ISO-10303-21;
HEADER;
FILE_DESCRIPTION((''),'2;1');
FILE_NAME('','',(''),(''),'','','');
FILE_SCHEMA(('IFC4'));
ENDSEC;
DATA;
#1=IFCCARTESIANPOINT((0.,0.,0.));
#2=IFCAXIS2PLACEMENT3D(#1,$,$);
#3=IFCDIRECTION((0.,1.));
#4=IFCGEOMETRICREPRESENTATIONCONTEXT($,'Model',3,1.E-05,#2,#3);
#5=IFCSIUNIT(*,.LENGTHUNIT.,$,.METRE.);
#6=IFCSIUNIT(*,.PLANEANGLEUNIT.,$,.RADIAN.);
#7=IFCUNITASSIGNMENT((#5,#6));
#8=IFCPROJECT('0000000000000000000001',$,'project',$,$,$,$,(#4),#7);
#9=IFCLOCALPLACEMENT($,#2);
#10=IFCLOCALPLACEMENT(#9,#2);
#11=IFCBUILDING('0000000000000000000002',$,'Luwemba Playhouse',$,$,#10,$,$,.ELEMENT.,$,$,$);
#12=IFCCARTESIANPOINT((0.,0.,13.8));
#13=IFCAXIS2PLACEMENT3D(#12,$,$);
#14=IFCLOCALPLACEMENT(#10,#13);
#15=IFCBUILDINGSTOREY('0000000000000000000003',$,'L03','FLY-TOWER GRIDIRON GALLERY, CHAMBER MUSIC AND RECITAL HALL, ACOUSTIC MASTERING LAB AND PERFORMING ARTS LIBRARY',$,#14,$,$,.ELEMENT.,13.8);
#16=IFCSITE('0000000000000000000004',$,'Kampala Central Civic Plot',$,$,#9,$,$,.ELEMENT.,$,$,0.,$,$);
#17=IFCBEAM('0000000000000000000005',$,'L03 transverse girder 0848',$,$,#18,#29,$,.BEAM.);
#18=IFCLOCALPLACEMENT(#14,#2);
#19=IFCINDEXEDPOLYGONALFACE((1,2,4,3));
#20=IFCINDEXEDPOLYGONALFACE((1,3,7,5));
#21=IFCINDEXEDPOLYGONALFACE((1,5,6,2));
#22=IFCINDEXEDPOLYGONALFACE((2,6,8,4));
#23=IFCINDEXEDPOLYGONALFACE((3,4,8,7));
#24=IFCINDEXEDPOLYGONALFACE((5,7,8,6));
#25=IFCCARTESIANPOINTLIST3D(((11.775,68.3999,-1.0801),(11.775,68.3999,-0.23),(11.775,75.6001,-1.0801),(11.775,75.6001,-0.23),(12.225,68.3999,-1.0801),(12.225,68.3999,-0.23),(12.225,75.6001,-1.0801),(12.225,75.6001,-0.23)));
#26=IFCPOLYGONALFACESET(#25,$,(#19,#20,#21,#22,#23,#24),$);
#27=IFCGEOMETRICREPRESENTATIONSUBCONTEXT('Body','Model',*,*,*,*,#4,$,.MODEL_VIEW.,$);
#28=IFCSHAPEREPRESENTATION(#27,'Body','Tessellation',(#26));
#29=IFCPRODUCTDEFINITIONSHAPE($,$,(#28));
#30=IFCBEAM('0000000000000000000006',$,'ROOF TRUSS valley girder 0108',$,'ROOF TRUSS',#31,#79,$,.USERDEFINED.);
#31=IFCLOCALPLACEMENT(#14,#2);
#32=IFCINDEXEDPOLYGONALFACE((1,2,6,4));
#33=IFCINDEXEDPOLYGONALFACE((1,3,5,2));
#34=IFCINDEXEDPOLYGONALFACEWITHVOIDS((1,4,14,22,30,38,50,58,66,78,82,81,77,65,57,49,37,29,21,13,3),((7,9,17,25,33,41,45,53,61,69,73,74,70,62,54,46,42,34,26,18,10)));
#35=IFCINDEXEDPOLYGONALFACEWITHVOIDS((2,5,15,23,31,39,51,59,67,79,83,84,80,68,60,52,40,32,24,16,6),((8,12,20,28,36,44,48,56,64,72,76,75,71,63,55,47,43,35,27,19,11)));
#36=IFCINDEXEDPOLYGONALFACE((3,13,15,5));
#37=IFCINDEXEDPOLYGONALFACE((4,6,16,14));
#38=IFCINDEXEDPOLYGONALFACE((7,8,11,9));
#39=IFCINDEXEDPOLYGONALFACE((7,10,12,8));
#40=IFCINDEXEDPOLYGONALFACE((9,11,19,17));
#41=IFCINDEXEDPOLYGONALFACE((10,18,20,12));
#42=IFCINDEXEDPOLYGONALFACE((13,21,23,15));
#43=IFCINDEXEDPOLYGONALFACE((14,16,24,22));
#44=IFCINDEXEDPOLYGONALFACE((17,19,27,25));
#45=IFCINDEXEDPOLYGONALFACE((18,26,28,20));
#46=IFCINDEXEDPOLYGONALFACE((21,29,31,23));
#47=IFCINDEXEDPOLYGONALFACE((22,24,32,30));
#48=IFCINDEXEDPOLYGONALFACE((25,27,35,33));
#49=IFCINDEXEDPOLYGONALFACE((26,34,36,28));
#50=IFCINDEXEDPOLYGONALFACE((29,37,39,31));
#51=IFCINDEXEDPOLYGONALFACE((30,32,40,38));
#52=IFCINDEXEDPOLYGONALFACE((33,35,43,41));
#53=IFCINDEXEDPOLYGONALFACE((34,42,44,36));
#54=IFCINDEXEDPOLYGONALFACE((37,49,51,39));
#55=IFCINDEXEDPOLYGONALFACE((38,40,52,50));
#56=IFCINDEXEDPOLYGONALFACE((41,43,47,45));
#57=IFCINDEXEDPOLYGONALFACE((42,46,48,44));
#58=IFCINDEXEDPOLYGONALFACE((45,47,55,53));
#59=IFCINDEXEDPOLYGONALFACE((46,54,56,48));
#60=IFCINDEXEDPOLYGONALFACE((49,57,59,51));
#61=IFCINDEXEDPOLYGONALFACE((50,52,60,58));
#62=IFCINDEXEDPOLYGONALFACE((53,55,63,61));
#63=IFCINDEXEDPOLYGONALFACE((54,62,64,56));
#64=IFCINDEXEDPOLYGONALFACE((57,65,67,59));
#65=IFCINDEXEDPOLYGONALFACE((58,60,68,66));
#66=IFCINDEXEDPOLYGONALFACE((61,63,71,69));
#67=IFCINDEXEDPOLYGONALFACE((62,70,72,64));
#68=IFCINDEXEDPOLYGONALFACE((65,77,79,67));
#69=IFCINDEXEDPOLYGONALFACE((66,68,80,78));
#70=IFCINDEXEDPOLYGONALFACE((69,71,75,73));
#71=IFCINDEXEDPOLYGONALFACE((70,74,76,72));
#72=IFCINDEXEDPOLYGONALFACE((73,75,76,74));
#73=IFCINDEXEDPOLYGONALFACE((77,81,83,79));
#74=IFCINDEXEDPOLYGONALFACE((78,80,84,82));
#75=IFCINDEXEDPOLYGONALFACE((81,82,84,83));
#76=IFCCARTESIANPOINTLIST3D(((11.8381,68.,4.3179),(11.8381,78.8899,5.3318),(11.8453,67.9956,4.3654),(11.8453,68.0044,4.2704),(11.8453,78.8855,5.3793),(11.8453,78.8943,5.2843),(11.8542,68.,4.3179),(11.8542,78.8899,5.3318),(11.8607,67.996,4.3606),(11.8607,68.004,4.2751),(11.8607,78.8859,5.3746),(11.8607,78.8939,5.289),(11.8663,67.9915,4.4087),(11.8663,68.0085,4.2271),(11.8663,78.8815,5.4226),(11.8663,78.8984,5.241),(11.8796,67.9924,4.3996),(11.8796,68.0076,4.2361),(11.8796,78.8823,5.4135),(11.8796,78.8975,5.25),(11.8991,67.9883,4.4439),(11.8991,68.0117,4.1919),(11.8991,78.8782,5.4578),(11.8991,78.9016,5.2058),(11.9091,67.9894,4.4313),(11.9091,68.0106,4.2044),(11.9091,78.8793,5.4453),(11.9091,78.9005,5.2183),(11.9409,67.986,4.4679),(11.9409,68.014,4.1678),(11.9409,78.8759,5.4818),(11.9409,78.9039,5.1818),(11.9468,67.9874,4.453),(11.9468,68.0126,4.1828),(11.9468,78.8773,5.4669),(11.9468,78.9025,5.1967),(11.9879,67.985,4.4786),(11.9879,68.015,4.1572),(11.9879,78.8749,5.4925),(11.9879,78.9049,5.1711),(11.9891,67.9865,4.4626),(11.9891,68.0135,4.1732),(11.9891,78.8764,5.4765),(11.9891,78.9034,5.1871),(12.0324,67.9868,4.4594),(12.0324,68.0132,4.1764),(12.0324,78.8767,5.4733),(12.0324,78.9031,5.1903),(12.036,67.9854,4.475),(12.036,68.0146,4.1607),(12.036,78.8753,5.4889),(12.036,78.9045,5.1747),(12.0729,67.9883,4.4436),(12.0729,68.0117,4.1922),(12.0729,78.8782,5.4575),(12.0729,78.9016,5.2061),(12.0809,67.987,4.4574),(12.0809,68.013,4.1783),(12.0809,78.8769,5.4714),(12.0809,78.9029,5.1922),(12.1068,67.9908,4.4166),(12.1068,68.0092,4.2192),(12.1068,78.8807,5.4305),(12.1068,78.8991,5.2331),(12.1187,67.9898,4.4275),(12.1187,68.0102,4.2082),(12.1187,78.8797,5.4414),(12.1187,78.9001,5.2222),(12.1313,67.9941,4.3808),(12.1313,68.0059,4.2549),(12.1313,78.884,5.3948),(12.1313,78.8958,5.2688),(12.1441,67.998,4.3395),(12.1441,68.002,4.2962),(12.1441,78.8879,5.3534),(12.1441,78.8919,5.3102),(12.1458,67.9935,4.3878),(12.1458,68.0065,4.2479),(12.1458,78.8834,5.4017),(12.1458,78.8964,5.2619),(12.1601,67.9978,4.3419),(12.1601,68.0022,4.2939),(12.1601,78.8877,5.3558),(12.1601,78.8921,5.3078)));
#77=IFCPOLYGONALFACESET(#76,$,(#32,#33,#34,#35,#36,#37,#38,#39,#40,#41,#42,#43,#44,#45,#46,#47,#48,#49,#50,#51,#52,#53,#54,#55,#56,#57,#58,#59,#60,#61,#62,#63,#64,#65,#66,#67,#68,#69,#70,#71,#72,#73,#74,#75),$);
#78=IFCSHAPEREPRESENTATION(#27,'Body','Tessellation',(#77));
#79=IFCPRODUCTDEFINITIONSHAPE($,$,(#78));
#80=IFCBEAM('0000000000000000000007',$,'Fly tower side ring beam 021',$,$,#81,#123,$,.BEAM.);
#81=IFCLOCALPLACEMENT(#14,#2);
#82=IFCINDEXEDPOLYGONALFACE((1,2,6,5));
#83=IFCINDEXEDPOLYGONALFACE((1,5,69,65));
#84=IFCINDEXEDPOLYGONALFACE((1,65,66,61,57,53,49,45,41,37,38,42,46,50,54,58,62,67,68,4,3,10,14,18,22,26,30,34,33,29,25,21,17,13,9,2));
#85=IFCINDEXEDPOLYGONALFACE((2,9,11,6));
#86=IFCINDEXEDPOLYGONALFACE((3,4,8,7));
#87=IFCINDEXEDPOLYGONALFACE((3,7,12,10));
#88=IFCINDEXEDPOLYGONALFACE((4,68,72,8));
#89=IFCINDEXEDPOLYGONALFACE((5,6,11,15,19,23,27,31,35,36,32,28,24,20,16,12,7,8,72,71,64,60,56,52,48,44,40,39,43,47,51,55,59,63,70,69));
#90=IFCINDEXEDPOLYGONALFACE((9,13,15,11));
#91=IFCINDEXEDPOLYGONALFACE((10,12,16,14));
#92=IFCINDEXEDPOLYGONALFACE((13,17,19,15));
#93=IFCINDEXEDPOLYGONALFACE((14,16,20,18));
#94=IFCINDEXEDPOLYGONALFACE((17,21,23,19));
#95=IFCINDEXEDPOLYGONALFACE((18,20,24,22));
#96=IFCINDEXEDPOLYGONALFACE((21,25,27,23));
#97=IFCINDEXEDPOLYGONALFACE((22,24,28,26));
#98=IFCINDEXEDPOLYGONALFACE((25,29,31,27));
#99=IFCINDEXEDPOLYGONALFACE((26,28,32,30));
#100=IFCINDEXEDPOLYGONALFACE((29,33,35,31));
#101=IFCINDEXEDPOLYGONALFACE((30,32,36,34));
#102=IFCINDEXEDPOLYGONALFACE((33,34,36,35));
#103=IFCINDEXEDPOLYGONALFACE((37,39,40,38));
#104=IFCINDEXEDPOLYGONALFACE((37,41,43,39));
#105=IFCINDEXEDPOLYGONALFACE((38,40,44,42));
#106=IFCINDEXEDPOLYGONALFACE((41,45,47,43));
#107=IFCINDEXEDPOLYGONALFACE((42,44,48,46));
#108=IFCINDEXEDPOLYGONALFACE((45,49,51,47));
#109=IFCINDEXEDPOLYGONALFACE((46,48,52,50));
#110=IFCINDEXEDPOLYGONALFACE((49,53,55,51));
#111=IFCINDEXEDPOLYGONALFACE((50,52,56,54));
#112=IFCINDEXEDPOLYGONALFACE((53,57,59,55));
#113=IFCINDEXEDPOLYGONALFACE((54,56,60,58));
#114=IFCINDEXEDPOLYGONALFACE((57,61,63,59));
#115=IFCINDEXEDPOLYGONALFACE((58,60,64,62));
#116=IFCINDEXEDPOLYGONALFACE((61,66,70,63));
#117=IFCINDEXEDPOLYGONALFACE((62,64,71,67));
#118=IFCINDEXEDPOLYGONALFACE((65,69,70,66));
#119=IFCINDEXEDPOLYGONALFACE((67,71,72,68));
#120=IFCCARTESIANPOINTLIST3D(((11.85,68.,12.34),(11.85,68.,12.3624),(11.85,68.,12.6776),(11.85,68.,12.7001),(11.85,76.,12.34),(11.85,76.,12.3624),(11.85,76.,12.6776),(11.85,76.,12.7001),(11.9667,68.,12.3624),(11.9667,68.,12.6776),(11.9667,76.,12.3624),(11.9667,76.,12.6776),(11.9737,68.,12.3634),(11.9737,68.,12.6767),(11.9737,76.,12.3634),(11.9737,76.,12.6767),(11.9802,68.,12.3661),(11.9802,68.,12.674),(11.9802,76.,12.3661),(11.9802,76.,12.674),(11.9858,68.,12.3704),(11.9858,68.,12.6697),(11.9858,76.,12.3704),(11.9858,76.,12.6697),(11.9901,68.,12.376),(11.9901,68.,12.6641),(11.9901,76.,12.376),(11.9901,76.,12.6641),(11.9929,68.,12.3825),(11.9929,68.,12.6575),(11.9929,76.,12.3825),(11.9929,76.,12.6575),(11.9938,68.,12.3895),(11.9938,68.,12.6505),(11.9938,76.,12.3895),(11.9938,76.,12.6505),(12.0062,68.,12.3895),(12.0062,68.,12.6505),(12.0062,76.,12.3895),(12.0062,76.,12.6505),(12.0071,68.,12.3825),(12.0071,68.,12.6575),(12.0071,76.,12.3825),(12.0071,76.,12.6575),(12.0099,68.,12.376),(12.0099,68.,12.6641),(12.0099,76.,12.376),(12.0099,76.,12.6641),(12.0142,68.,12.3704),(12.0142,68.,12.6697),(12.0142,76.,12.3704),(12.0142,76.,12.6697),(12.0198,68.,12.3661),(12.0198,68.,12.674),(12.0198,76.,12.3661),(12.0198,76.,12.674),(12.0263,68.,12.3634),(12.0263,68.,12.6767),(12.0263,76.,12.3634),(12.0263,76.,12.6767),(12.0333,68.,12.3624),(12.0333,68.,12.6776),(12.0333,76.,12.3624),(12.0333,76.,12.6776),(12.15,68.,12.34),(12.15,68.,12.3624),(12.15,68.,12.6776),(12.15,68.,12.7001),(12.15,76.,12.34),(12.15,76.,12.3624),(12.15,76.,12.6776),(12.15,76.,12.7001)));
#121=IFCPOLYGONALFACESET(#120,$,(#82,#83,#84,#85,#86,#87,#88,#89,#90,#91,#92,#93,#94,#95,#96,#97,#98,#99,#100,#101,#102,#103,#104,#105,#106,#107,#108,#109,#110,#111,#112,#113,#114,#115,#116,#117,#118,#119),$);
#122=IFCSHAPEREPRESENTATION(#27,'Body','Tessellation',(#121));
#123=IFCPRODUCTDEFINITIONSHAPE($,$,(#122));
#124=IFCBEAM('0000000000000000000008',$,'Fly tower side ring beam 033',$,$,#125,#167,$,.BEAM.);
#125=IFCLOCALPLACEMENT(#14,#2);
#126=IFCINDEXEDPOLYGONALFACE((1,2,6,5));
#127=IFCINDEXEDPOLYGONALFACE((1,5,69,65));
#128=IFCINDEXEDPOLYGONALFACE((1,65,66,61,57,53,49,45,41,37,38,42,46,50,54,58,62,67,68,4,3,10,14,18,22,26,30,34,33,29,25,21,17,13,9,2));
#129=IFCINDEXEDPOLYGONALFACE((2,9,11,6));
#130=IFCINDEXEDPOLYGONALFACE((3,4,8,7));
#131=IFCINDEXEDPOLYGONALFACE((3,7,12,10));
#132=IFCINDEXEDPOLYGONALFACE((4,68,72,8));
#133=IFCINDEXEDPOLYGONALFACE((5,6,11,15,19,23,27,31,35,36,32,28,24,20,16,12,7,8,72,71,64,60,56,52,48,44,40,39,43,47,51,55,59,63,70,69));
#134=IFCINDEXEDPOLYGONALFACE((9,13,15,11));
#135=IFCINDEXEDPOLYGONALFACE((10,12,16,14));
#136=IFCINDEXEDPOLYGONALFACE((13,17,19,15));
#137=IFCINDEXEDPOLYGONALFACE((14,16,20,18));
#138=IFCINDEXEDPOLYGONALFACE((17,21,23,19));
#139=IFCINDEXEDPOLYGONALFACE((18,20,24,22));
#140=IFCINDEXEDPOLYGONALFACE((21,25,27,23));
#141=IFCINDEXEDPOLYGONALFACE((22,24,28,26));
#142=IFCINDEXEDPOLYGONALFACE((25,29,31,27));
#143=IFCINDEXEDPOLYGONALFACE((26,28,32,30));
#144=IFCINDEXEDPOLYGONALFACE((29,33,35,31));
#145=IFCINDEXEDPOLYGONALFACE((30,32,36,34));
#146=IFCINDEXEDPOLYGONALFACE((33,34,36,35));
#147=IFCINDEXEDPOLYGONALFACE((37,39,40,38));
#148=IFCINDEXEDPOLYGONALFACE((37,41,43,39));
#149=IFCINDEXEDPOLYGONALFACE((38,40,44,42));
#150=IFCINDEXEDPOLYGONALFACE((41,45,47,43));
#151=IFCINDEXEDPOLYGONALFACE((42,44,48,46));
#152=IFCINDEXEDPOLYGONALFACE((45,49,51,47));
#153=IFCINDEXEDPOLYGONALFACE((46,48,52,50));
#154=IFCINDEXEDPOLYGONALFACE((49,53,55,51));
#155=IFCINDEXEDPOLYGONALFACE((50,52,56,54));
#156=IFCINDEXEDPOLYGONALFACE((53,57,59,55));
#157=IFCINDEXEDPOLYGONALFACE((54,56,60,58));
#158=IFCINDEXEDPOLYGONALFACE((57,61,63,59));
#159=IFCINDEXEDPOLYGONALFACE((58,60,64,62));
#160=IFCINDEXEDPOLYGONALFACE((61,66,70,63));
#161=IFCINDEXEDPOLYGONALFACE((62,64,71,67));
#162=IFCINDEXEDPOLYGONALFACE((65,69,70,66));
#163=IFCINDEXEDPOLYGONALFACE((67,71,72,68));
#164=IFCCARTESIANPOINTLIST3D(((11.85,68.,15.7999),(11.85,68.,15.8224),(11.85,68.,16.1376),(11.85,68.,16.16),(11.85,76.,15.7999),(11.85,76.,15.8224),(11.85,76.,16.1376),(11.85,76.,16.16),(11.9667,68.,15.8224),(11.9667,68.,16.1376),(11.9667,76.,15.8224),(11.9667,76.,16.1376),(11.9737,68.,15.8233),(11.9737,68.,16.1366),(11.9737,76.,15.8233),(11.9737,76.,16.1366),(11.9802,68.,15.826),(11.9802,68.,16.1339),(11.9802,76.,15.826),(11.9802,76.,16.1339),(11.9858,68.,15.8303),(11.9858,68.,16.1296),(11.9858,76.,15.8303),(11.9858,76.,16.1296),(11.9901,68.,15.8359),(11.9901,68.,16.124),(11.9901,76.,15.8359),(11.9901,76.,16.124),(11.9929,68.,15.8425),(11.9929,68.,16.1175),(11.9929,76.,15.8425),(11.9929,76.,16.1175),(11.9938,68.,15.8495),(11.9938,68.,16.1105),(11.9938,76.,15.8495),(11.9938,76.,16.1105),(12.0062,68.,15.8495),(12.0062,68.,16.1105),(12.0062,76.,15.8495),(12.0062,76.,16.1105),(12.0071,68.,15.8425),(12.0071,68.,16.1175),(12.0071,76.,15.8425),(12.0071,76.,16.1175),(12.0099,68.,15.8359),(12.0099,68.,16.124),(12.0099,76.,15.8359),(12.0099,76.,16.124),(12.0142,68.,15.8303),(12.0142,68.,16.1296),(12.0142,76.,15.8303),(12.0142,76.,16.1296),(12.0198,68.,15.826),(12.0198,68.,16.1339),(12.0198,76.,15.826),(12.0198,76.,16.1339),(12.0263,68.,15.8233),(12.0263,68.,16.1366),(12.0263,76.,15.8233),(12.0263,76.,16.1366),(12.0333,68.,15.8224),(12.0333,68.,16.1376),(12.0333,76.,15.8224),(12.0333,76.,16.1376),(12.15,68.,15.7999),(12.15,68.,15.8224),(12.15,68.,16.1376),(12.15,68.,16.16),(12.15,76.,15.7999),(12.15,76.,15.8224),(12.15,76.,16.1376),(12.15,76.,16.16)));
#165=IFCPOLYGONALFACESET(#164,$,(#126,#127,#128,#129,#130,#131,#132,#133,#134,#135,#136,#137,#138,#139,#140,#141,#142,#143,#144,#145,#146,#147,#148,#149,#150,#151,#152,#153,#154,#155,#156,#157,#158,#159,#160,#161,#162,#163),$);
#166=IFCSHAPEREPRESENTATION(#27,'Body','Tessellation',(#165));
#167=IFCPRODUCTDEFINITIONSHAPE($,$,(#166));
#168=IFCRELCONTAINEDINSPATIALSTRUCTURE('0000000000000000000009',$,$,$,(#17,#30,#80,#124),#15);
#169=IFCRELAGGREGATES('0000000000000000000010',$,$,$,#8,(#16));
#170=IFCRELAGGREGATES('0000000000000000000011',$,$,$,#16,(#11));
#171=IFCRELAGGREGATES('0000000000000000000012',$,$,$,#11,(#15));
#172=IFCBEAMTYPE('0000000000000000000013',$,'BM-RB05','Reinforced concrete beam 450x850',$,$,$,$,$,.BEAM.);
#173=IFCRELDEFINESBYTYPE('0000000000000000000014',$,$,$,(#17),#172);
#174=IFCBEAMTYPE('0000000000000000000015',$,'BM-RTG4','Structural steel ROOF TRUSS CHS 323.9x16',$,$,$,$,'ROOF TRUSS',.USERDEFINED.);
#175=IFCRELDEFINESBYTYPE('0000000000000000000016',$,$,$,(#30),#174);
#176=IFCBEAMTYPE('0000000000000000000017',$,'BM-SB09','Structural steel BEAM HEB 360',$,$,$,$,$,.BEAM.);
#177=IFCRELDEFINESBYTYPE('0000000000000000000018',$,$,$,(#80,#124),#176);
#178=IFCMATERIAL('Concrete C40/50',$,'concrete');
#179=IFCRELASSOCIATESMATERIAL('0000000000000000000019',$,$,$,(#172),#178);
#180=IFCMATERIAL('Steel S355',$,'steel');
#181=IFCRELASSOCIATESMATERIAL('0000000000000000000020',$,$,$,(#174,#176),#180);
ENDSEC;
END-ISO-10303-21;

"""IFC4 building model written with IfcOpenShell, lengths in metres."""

from ifc_helpers import new_model, si_unit, direction, frame, origin, origin_2d, place, context, subcontext, project, spatial, rectangle, hollow_circle, i_section, extrude, material, material_profile, profile_set, type_object, element, save


model = new_model("IFC4")

# Units and contexts
model_context = context("Model", 3, precision=1e-05, world=origin(), true_north=direction((0.0, 1.0)))
body_context = subcontext(model_context, "Body", "Model", "MODEL_VIEW")
ifc_project = project(units=[si_unit("LENGTHUNIT", "METRE"), si_unit("PLANEANGLEUNIT", "RADIAN")], contexts=[model_context])

# Site, building, storey
site_placement = place(None, origin())
site = spatial("IfcSite", under=ifc_project, at=site_placement, Name="Kampala Central Civic Plot", CompositionType="ELEMENT", RefElevation=0.0)
building_placement = place(site_placement, origin())
building = spatial("IfcBuilding", under=site, at=building_placement, Name="Luwemba Playhouse", CompositionType="ELEMENT")
storey_placement = place(building_placement, frame((0.0, 0.0, 13.8)))
storey = spatial("IfcBuildingStorey", under=building, at=storey_placement, Name="L03", Description="FLY-TOWER GRIDIRON GALLERY, CHAMBER MUSIC AND RECITAL HALL, ACOUSTIC MASTERING LAB AND PERFORMING ARTS LIBRARY", CompositionType="ELEMENT", Elevation=13.8)

# Shared definitions
ifc_material_1 = material(Name="Concrete C40/50", Category="concrete")
ifc_material_2 = material(Name="Steel S355", Category="steel")

# Beams
ifc_material_profile_1 = material_profile(ifc_material_1, rectangle(XDim=0.45, YDim=0.8501, at=origin_2d()))
ifc_profile_set_1 = profile_set([ifc_material_profile_1], Name="Concrete C40/50")
beam_type_1 = type_object("IfcBeamType", Name="BM-RB05", Description="Reinforced concrete beam 450x850", PredefinedType="BEAM", material=ifc_profile_set_1)
beam_1_placement = place(storey_placement, frame((12.0, 68.3999, -0.655), z_axis=(0.0, 1.0, 0.0), x_axis=(-1.0, 0.0, 0.0)))
element("IfcBeam", 1, at=beam_1_placement, inside=storey, type_object=beam_type_1, Name="L03 transverse girder 0848", PredefinedType="BEAM", context=body_context, shape_type="SweptSolid", body=[
    extrude(rectangle(XDim=0.45, YDim=0.8501, at=origin_2d()), origin(), (0.0, 0.0, 1.0), 7.2002),
])
ifc_material_profile_2 = material_profile(ifc_material_2, hollow_circle(Radius=0.1619, WallThickness=0.0161, at=origin_2d()))
ifc_profile_set_2 = profile_set([ifc_material_profile_2], Name="Steel S355")
beam_type_2 = type_object("IfcBeamType", Name="BM-RTG4", Description="Structural steel ROOF TRUSS CHS 323.9x16", ElementType="ROOF TRUSS", PredefinedType="USERDEFINED", material=ifc_profile_set_2)
beam_2_placement = place(storey_placement, frame((12.0, 68.0, 4.3179), z_axis=(0.0, 0.995694, 0.092705), x_axis=(-1.0, 0.0, 0.0)))
element("IfcBeam", 2, at=beam_2_placement, inside=storey, type_object=beam_type_2, Name="ROOF TRUSS valley girder 0108", ObjectType="ROOF TRUSS", PredefinedType="USERDEFINED", context=body_context, shape_type="SweptSolid", body=[
    extrude(hollow_circle(Radius=0.1619, WallThickness=0.0161, at=origin_2d()), origin(), (0.0, 0.0, 1.0), 10.937),
])
ifc_material_profile_3 = material_profile(ifc_material_2, i_section(OverallWidth=0.3, OverallDepth=0.3601, WebThickness=0.0125, FlangeThickness=0.0225, FilletRadius=0.0271, at=origin_2d()))
ifc_profile_set_3 = profile_set([ifc_material_profile_3], Name="Steel S355")
beam_type_3 = type_object("IfcBeamType", Name="BM-SB09", Description="Structural steel BEAM HEB 360", PredefinedType="BEAM", material=ifc_profile_set_3)
for number, where, z_axis, x_axis, name in (
    (3, (12.0, 68.0, 12.52), (0.0, 1.0, 0.0), (-1.0, 0.0, 0.0), "Fly tower side ring beam 021"),
    (4, (12.0, 68.0, 15.98), (0.0, 1.0, 0.0), (-1.0, 0.0, 0.0), "Fly tower side ring beam 033"),
):
    element("IfcBeam", number, at=place(storey_placement, frame(where, z_axis=z_axis, x_axis=x_axis)), inside=storey, type_object=beam_type_3, Name=name, PredefinedType="BEAM", context=body_context, shape_type="SweptSolid", body=[
        extrude(i_section(OverallWidth=0.3, OverallDepth=0.3601, WebThickness=0.0125, FlangeThickness=0.0225, FilletRadius=0.0271, at=origin_2d()), origin(), (0.0, 0.0, 1.0), 8.0),
    ])

save(model, "model.ifc")
